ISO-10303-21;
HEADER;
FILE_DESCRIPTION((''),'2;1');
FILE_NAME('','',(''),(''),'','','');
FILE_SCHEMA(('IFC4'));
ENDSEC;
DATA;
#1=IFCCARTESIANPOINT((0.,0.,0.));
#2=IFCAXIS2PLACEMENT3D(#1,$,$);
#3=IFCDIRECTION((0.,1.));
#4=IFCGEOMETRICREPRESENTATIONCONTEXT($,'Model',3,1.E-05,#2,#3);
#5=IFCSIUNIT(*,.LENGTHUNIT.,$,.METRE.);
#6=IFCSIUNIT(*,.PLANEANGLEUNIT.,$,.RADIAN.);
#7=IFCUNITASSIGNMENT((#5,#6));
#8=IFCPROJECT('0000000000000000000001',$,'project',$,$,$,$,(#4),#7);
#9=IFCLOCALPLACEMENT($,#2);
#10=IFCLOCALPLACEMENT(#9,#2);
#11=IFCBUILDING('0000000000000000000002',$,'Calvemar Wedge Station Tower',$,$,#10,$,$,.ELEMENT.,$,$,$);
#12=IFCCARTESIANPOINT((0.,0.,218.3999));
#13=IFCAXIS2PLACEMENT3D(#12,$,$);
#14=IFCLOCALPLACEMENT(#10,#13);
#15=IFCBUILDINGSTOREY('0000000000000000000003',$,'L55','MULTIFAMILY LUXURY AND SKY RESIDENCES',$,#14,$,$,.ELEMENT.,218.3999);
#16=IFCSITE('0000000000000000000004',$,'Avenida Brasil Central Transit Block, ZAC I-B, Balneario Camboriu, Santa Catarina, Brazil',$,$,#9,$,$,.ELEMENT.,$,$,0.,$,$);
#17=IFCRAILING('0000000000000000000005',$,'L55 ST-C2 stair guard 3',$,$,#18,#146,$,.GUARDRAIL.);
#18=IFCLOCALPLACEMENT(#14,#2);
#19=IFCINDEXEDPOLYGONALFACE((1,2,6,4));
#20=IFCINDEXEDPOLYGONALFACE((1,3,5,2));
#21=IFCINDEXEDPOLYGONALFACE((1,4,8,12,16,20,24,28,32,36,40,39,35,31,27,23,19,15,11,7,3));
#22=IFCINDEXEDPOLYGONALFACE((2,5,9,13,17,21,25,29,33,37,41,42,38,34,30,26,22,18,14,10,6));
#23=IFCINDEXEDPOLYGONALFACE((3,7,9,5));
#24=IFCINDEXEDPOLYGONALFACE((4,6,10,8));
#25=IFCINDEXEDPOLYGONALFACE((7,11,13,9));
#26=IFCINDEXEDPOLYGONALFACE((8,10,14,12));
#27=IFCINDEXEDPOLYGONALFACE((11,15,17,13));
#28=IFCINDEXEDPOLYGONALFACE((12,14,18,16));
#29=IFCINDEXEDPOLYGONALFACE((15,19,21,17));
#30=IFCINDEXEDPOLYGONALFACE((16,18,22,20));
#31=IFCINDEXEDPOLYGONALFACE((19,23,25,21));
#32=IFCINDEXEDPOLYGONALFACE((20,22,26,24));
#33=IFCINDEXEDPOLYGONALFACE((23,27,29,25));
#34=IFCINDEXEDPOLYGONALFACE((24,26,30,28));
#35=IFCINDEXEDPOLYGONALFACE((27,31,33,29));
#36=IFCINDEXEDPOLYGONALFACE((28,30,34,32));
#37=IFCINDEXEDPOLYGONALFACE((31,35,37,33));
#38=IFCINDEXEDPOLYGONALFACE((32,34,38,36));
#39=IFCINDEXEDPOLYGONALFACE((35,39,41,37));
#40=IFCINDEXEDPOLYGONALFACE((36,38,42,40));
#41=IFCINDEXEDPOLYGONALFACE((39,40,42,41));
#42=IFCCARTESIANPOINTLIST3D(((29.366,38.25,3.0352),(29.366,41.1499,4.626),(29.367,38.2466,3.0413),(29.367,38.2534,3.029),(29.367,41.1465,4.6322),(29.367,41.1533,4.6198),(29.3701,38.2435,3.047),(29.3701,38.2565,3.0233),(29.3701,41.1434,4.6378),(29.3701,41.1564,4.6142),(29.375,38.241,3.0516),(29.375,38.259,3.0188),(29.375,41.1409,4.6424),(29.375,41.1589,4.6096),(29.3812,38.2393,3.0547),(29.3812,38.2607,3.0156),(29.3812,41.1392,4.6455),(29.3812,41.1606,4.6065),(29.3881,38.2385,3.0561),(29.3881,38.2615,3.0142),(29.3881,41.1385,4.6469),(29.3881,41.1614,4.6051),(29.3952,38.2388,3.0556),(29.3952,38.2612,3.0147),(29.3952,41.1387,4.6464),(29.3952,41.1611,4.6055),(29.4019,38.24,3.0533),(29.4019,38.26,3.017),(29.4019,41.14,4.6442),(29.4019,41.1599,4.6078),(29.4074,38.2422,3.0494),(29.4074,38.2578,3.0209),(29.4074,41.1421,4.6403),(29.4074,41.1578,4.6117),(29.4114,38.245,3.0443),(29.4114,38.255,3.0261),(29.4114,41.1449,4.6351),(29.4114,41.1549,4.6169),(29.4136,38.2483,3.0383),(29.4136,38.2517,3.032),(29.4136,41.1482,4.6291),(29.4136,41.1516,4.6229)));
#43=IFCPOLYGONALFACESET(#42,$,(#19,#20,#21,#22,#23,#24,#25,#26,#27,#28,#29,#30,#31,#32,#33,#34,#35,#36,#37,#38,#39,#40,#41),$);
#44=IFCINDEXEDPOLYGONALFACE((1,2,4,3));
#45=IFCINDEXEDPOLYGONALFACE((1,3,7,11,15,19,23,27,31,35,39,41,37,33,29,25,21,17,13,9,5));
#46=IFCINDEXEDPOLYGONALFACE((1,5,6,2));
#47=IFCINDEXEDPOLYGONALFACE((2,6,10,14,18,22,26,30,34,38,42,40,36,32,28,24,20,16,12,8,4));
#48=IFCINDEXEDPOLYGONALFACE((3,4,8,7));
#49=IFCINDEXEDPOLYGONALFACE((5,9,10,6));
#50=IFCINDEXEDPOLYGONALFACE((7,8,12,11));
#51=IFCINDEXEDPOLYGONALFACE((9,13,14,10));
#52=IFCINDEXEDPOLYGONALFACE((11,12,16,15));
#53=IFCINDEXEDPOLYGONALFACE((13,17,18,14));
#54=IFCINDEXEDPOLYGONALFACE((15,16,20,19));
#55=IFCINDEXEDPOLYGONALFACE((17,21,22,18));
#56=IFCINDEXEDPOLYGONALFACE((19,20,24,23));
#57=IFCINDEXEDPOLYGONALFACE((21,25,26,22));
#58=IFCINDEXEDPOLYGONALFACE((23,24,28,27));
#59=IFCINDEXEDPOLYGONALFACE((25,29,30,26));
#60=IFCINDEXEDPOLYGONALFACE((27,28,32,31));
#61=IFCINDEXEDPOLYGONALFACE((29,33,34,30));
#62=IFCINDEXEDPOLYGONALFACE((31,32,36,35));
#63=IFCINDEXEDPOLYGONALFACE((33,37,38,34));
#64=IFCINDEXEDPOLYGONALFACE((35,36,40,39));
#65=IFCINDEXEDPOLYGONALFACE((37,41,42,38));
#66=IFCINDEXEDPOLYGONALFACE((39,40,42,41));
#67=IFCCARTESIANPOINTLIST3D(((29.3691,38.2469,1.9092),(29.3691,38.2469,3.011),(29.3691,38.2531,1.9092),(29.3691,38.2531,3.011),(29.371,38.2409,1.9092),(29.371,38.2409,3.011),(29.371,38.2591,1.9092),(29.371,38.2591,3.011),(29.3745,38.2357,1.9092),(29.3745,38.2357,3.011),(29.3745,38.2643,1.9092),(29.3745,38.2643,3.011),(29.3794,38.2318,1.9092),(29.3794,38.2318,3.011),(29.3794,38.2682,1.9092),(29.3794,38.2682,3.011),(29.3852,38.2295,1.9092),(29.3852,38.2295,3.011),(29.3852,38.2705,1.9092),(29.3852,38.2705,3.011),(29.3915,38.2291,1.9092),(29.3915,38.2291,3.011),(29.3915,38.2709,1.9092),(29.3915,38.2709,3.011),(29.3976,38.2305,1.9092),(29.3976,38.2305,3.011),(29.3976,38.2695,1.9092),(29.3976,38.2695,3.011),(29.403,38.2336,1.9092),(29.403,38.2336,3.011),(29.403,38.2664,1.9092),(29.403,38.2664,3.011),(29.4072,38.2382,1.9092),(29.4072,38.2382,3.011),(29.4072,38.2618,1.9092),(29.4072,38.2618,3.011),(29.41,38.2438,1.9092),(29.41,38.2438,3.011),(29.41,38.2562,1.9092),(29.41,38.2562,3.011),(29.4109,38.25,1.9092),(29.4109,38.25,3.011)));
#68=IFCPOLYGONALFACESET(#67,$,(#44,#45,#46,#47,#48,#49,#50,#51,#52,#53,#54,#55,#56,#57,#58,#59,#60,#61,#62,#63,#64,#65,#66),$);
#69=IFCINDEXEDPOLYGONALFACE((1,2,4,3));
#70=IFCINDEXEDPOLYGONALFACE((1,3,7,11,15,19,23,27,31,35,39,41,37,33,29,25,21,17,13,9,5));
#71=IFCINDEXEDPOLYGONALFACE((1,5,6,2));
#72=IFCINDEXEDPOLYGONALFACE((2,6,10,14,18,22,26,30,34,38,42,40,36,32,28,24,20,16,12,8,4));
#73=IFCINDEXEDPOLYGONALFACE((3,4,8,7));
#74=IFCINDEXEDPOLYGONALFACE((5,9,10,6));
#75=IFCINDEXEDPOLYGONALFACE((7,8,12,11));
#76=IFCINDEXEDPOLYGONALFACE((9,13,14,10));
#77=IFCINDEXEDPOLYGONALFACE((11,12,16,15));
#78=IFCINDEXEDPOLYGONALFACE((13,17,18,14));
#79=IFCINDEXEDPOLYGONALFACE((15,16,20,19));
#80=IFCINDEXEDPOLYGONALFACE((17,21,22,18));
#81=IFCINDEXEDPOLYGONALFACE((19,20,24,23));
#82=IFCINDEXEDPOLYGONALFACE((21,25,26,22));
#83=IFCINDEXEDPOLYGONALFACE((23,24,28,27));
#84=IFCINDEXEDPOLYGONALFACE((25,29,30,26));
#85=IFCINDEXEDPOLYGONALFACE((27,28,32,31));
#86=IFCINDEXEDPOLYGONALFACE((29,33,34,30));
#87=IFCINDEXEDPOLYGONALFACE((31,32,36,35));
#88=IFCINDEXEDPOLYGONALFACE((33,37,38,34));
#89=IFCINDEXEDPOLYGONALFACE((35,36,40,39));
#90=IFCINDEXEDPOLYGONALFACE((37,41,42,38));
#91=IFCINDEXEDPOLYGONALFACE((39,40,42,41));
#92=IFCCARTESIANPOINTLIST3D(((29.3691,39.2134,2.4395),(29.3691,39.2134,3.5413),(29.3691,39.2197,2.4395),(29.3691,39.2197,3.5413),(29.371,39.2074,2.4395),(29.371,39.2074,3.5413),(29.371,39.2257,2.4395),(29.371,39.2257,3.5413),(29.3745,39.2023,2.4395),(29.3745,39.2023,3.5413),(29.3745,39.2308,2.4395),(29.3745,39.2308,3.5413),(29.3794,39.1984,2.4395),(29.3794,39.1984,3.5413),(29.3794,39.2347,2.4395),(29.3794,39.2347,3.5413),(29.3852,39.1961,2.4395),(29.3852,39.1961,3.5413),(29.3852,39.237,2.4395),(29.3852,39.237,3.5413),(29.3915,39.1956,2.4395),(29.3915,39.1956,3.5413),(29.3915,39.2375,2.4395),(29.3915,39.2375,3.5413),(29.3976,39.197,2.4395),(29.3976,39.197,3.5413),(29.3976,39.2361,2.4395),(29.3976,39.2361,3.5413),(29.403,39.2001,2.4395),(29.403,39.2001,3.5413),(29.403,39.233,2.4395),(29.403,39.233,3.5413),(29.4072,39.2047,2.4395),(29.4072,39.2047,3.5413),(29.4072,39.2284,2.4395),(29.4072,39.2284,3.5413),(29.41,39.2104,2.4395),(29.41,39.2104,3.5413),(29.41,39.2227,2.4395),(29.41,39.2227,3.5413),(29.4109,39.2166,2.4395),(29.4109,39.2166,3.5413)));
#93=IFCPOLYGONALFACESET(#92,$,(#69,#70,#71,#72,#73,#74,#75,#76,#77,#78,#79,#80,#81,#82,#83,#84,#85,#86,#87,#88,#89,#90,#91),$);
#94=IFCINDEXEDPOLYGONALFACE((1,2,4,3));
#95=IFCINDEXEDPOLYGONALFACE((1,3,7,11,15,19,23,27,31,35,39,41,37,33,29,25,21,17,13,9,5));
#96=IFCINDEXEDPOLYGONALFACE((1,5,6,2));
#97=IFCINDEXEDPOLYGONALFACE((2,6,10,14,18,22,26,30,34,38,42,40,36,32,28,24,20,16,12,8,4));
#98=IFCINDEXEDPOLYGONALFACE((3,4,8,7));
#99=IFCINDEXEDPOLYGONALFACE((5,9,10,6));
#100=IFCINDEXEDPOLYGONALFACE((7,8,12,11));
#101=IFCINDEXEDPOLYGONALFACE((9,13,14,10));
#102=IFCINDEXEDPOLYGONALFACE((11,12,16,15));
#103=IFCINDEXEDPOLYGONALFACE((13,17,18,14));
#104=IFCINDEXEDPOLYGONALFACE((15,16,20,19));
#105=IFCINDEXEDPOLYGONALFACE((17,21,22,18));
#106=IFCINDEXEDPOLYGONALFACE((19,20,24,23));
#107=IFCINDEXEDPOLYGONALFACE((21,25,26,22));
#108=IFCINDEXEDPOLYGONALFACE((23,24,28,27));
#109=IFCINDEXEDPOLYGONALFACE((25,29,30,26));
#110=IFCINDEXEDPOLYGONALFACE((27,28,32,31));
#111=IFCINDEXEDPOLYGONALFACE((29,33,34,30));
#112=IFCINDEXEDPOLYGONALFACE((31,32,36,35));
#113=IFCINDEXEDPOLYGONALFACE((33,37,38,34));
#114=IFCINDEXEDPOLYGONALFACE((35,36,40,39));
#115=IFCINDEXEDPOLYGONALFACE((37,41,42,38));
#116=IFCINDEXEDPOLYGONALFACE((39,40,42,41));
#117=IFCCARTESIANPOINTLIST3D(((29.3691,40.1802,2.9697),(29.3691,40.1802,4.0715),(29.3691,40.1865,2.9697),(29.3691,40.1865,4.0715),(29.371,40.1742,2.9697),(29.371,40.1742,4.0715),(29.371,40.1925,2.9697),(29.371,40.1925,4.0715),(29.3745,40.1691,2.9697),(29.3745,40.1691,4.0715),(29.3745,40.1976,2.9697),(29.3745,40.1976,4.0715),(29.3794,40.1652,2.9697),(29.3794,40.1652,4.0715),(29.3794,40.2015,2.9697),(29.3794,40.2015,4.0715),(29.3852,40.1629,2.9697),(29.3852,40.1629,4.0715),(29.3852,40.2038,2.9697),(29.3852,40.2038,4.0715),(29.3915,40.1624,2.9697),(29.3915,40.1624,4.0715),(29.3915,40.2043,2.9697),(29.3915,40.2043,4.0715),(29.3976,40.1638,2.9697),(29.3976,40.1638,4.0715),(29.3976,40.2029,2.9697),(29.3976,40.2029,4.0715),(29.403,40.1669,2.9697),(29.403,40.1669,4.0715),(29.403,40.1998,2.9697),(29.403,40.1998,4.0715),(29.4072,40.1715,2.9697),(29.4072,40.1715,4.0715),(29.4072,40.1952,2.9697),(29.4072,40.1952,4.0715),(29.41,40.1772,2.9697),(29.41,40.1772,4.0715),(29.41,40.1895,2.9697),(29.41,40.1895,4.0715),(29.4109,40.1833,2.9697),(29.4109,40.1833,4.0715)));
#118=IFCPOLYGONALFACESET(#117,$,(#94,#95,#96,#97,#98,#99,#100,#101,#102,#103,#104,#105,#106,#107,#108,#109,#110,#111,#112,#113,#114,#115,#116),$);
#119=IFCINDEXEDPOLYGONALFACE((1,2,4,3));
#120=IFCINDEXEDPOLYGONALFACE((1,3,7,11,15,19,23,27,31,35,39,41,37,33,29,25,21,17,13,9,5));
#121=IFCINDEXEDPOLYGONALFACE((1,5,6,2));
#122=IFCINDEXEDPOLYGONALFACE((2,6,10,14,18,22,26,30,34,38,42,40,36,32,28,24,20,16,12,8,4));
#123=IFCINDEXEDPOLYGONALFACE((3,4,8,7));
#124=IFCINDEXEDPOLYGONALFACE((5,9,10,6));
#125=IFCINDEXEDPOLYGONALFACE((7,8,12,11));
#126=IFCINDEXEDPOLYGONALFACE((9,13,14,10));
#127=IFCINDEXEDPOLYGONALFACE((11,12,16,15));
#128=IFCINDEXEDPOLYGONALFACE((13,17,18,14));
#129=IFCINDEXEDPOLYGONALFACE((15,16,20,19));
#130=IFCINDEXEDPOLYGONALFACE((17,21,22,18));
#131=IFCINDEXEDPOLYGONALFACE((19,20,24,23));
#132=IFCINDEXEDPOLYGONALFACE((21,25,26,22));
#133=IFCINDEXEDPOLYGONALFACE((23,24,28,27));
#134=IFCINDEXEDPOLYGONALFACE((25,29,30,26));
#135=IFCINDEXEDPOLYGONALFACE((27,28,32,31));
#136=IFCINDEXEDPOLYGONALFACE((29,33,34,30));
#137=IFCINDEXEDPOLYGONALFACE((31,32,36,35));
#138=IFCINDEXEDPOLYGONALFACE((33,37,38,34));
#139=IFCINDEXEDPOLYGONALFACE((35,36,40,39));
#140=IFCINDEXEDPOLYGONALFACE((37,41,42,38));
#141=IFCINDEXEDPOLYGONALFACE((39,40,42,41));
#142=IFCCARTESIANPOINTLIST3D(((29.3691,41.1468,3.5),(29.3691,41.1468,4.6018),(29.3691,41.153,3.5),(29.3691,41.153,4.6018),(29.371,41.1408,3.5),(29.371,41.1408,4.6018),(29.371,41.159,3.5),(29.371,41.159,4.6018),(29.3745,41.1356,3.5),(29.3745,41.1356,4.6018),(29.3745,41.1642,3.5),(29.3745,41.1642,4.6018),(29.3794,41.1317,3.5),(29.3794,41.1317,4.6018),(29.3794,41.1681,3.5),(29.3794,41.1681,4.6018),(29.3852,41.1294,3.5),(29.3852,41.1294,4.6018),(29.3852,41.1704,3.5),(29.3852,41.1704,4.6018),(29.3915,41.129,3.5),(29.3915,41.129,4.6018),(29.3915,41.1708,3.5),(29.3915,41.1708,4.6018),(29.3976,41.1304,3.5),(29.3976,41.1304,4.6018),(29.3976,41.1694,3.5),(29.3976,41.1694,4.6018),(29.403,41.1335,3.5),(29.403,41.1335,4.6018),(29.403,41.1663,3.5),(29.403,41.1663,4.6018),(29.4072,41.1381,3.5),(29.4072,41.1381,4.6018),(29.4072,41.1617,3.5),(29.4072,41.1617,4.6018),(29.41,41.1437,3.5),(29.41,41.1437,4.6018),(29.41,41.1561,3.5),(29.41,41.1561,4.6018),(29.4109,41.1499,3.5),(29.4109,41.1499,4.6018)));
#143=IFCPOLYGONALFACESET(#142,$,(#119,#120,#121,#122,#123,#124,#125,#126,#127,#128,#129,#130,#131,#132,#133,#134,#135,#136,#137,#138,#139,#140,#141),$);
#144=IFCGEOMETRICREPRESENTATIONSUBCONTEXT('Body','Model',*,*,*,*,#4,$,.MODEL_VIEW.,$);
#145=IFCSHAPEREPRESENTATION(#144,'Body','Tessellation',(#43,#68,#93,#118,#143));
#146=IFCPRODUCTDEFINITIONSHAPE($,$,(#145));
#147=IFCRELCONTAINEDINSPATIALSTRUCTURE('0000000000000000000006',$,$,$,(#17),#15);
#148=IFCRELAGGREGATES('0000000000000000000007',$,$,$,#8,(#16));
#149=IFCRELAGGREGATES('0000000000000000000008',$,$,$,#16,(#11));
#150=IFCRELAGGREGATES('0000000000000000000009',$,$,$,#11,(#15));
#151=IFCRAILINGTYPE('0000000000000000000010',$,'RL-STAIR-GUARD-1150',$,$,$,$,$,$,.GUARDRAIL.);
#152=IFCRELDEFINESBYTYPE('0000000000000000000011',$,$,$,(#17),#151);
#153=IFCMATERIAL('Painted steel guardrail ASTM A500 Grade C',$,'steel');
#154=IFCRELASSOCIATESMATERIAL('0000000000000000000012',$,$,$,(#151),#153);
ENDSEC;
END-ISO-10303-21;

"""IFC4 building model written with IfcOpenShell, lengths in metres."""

from ifc_helpers import new_model, si_unit, direction, frame, origin, origin_2d, place, context, subcontext, project, spatial, circle, extrude, material, type_object, element, save


model = new_model("IFC4")

# Units and contexts
model_context = context("Model", 3, precision=1e-05, world=origin(), true_north=direction((0.0, 1.0)))
body_context = subcontext(model_context, "Body", "Model", "MODEL_VIEW")
ifc_project = project(units=[si_unit("LENGTHUNIT", "METRE"), si_unit("PLANEANGLEUNIT", "RADIAN")], contexts=[model_context])

# Site, building, storey
site_placement = place(None, origin())
site = spatial("IfcSite", under=ifc_project, at=site_placement, Name="Avenida Brasil Central Transit Block, ZAC I-B, Balneario Camboriu, Santa Catarina, Brazil", CompositionType="ELEMENT", RefElevation=0.0)
building_placement = place(site_placement, origin())
building = spatial("IfcBuilding", under=site, at=building_placement, Name="Calvemar Wedge Station Tower", CompositionType="ELEMENT")
storey_placement = place(building_placement, frame((0.0, 0.0, 218.3999)))
storey = spatial("IfcBuildingStorey", under=building, at=storey_placement, Name="L55", Description="MULTIFAMILY LUXURY AND SKY RESIDENCES", CompositionType="ELEMENT", Elevation=218.3999)

# Railing
ifc_material_1 = material(Name="Painted steel guardrail ASTM A500 Grade C", Category="steel")
railing_type_1 = type_object("IfcRailingType", Name="RL-STAIR-GUARD-1150", PredefinedType="GUARDRAIL", material=ifc_material_1)
railing_1_placement = place(storey_placement, frame((29.3899, 38.25, 1.9092)))
element("IfcRailing", 1, at=railing_1_placement, inside=storey, type_object=railing_type_1, Name="L55 ST-C2 stair guard 3", PredefinedType="GUARDRAIL", context=body_context, shape_type="SweptSolid", body=[
    extrude(circle(Radius=0.0239, at=origin_2d()), frame((0.0, 0.0, 1.126), z_axis=(0.0, 0.876742, 0.480961), x_axis=(-1.0, 0.0, 0.0)), (0.0, 0.0, 1.0), 3.3076),
    extrude(circle(Radius=0.021, at=origin_2d()), origin(), (0.0, 0.0, 1.0), 1.1018),
    extrude(circle(Radius=0.021, at=origin_2d()), frame((0.0, 0.9666, 0.5303)), (0.0, 0.0, 1.0), 1.1018),
    extrude(circle(Radius=0.021, at=origin_2d()), frame((0.0, 1.9333, 1.0605)), (0.0, 0.0, 1.0), 1.1018),
    extrude(circle(Radius=0.021, at=origin_2d()), frame((0.0, 2.8999, 1.5908)), (0.0, 0.0, 1.0), 1.1018),
])

save(model, "model.ifc")
